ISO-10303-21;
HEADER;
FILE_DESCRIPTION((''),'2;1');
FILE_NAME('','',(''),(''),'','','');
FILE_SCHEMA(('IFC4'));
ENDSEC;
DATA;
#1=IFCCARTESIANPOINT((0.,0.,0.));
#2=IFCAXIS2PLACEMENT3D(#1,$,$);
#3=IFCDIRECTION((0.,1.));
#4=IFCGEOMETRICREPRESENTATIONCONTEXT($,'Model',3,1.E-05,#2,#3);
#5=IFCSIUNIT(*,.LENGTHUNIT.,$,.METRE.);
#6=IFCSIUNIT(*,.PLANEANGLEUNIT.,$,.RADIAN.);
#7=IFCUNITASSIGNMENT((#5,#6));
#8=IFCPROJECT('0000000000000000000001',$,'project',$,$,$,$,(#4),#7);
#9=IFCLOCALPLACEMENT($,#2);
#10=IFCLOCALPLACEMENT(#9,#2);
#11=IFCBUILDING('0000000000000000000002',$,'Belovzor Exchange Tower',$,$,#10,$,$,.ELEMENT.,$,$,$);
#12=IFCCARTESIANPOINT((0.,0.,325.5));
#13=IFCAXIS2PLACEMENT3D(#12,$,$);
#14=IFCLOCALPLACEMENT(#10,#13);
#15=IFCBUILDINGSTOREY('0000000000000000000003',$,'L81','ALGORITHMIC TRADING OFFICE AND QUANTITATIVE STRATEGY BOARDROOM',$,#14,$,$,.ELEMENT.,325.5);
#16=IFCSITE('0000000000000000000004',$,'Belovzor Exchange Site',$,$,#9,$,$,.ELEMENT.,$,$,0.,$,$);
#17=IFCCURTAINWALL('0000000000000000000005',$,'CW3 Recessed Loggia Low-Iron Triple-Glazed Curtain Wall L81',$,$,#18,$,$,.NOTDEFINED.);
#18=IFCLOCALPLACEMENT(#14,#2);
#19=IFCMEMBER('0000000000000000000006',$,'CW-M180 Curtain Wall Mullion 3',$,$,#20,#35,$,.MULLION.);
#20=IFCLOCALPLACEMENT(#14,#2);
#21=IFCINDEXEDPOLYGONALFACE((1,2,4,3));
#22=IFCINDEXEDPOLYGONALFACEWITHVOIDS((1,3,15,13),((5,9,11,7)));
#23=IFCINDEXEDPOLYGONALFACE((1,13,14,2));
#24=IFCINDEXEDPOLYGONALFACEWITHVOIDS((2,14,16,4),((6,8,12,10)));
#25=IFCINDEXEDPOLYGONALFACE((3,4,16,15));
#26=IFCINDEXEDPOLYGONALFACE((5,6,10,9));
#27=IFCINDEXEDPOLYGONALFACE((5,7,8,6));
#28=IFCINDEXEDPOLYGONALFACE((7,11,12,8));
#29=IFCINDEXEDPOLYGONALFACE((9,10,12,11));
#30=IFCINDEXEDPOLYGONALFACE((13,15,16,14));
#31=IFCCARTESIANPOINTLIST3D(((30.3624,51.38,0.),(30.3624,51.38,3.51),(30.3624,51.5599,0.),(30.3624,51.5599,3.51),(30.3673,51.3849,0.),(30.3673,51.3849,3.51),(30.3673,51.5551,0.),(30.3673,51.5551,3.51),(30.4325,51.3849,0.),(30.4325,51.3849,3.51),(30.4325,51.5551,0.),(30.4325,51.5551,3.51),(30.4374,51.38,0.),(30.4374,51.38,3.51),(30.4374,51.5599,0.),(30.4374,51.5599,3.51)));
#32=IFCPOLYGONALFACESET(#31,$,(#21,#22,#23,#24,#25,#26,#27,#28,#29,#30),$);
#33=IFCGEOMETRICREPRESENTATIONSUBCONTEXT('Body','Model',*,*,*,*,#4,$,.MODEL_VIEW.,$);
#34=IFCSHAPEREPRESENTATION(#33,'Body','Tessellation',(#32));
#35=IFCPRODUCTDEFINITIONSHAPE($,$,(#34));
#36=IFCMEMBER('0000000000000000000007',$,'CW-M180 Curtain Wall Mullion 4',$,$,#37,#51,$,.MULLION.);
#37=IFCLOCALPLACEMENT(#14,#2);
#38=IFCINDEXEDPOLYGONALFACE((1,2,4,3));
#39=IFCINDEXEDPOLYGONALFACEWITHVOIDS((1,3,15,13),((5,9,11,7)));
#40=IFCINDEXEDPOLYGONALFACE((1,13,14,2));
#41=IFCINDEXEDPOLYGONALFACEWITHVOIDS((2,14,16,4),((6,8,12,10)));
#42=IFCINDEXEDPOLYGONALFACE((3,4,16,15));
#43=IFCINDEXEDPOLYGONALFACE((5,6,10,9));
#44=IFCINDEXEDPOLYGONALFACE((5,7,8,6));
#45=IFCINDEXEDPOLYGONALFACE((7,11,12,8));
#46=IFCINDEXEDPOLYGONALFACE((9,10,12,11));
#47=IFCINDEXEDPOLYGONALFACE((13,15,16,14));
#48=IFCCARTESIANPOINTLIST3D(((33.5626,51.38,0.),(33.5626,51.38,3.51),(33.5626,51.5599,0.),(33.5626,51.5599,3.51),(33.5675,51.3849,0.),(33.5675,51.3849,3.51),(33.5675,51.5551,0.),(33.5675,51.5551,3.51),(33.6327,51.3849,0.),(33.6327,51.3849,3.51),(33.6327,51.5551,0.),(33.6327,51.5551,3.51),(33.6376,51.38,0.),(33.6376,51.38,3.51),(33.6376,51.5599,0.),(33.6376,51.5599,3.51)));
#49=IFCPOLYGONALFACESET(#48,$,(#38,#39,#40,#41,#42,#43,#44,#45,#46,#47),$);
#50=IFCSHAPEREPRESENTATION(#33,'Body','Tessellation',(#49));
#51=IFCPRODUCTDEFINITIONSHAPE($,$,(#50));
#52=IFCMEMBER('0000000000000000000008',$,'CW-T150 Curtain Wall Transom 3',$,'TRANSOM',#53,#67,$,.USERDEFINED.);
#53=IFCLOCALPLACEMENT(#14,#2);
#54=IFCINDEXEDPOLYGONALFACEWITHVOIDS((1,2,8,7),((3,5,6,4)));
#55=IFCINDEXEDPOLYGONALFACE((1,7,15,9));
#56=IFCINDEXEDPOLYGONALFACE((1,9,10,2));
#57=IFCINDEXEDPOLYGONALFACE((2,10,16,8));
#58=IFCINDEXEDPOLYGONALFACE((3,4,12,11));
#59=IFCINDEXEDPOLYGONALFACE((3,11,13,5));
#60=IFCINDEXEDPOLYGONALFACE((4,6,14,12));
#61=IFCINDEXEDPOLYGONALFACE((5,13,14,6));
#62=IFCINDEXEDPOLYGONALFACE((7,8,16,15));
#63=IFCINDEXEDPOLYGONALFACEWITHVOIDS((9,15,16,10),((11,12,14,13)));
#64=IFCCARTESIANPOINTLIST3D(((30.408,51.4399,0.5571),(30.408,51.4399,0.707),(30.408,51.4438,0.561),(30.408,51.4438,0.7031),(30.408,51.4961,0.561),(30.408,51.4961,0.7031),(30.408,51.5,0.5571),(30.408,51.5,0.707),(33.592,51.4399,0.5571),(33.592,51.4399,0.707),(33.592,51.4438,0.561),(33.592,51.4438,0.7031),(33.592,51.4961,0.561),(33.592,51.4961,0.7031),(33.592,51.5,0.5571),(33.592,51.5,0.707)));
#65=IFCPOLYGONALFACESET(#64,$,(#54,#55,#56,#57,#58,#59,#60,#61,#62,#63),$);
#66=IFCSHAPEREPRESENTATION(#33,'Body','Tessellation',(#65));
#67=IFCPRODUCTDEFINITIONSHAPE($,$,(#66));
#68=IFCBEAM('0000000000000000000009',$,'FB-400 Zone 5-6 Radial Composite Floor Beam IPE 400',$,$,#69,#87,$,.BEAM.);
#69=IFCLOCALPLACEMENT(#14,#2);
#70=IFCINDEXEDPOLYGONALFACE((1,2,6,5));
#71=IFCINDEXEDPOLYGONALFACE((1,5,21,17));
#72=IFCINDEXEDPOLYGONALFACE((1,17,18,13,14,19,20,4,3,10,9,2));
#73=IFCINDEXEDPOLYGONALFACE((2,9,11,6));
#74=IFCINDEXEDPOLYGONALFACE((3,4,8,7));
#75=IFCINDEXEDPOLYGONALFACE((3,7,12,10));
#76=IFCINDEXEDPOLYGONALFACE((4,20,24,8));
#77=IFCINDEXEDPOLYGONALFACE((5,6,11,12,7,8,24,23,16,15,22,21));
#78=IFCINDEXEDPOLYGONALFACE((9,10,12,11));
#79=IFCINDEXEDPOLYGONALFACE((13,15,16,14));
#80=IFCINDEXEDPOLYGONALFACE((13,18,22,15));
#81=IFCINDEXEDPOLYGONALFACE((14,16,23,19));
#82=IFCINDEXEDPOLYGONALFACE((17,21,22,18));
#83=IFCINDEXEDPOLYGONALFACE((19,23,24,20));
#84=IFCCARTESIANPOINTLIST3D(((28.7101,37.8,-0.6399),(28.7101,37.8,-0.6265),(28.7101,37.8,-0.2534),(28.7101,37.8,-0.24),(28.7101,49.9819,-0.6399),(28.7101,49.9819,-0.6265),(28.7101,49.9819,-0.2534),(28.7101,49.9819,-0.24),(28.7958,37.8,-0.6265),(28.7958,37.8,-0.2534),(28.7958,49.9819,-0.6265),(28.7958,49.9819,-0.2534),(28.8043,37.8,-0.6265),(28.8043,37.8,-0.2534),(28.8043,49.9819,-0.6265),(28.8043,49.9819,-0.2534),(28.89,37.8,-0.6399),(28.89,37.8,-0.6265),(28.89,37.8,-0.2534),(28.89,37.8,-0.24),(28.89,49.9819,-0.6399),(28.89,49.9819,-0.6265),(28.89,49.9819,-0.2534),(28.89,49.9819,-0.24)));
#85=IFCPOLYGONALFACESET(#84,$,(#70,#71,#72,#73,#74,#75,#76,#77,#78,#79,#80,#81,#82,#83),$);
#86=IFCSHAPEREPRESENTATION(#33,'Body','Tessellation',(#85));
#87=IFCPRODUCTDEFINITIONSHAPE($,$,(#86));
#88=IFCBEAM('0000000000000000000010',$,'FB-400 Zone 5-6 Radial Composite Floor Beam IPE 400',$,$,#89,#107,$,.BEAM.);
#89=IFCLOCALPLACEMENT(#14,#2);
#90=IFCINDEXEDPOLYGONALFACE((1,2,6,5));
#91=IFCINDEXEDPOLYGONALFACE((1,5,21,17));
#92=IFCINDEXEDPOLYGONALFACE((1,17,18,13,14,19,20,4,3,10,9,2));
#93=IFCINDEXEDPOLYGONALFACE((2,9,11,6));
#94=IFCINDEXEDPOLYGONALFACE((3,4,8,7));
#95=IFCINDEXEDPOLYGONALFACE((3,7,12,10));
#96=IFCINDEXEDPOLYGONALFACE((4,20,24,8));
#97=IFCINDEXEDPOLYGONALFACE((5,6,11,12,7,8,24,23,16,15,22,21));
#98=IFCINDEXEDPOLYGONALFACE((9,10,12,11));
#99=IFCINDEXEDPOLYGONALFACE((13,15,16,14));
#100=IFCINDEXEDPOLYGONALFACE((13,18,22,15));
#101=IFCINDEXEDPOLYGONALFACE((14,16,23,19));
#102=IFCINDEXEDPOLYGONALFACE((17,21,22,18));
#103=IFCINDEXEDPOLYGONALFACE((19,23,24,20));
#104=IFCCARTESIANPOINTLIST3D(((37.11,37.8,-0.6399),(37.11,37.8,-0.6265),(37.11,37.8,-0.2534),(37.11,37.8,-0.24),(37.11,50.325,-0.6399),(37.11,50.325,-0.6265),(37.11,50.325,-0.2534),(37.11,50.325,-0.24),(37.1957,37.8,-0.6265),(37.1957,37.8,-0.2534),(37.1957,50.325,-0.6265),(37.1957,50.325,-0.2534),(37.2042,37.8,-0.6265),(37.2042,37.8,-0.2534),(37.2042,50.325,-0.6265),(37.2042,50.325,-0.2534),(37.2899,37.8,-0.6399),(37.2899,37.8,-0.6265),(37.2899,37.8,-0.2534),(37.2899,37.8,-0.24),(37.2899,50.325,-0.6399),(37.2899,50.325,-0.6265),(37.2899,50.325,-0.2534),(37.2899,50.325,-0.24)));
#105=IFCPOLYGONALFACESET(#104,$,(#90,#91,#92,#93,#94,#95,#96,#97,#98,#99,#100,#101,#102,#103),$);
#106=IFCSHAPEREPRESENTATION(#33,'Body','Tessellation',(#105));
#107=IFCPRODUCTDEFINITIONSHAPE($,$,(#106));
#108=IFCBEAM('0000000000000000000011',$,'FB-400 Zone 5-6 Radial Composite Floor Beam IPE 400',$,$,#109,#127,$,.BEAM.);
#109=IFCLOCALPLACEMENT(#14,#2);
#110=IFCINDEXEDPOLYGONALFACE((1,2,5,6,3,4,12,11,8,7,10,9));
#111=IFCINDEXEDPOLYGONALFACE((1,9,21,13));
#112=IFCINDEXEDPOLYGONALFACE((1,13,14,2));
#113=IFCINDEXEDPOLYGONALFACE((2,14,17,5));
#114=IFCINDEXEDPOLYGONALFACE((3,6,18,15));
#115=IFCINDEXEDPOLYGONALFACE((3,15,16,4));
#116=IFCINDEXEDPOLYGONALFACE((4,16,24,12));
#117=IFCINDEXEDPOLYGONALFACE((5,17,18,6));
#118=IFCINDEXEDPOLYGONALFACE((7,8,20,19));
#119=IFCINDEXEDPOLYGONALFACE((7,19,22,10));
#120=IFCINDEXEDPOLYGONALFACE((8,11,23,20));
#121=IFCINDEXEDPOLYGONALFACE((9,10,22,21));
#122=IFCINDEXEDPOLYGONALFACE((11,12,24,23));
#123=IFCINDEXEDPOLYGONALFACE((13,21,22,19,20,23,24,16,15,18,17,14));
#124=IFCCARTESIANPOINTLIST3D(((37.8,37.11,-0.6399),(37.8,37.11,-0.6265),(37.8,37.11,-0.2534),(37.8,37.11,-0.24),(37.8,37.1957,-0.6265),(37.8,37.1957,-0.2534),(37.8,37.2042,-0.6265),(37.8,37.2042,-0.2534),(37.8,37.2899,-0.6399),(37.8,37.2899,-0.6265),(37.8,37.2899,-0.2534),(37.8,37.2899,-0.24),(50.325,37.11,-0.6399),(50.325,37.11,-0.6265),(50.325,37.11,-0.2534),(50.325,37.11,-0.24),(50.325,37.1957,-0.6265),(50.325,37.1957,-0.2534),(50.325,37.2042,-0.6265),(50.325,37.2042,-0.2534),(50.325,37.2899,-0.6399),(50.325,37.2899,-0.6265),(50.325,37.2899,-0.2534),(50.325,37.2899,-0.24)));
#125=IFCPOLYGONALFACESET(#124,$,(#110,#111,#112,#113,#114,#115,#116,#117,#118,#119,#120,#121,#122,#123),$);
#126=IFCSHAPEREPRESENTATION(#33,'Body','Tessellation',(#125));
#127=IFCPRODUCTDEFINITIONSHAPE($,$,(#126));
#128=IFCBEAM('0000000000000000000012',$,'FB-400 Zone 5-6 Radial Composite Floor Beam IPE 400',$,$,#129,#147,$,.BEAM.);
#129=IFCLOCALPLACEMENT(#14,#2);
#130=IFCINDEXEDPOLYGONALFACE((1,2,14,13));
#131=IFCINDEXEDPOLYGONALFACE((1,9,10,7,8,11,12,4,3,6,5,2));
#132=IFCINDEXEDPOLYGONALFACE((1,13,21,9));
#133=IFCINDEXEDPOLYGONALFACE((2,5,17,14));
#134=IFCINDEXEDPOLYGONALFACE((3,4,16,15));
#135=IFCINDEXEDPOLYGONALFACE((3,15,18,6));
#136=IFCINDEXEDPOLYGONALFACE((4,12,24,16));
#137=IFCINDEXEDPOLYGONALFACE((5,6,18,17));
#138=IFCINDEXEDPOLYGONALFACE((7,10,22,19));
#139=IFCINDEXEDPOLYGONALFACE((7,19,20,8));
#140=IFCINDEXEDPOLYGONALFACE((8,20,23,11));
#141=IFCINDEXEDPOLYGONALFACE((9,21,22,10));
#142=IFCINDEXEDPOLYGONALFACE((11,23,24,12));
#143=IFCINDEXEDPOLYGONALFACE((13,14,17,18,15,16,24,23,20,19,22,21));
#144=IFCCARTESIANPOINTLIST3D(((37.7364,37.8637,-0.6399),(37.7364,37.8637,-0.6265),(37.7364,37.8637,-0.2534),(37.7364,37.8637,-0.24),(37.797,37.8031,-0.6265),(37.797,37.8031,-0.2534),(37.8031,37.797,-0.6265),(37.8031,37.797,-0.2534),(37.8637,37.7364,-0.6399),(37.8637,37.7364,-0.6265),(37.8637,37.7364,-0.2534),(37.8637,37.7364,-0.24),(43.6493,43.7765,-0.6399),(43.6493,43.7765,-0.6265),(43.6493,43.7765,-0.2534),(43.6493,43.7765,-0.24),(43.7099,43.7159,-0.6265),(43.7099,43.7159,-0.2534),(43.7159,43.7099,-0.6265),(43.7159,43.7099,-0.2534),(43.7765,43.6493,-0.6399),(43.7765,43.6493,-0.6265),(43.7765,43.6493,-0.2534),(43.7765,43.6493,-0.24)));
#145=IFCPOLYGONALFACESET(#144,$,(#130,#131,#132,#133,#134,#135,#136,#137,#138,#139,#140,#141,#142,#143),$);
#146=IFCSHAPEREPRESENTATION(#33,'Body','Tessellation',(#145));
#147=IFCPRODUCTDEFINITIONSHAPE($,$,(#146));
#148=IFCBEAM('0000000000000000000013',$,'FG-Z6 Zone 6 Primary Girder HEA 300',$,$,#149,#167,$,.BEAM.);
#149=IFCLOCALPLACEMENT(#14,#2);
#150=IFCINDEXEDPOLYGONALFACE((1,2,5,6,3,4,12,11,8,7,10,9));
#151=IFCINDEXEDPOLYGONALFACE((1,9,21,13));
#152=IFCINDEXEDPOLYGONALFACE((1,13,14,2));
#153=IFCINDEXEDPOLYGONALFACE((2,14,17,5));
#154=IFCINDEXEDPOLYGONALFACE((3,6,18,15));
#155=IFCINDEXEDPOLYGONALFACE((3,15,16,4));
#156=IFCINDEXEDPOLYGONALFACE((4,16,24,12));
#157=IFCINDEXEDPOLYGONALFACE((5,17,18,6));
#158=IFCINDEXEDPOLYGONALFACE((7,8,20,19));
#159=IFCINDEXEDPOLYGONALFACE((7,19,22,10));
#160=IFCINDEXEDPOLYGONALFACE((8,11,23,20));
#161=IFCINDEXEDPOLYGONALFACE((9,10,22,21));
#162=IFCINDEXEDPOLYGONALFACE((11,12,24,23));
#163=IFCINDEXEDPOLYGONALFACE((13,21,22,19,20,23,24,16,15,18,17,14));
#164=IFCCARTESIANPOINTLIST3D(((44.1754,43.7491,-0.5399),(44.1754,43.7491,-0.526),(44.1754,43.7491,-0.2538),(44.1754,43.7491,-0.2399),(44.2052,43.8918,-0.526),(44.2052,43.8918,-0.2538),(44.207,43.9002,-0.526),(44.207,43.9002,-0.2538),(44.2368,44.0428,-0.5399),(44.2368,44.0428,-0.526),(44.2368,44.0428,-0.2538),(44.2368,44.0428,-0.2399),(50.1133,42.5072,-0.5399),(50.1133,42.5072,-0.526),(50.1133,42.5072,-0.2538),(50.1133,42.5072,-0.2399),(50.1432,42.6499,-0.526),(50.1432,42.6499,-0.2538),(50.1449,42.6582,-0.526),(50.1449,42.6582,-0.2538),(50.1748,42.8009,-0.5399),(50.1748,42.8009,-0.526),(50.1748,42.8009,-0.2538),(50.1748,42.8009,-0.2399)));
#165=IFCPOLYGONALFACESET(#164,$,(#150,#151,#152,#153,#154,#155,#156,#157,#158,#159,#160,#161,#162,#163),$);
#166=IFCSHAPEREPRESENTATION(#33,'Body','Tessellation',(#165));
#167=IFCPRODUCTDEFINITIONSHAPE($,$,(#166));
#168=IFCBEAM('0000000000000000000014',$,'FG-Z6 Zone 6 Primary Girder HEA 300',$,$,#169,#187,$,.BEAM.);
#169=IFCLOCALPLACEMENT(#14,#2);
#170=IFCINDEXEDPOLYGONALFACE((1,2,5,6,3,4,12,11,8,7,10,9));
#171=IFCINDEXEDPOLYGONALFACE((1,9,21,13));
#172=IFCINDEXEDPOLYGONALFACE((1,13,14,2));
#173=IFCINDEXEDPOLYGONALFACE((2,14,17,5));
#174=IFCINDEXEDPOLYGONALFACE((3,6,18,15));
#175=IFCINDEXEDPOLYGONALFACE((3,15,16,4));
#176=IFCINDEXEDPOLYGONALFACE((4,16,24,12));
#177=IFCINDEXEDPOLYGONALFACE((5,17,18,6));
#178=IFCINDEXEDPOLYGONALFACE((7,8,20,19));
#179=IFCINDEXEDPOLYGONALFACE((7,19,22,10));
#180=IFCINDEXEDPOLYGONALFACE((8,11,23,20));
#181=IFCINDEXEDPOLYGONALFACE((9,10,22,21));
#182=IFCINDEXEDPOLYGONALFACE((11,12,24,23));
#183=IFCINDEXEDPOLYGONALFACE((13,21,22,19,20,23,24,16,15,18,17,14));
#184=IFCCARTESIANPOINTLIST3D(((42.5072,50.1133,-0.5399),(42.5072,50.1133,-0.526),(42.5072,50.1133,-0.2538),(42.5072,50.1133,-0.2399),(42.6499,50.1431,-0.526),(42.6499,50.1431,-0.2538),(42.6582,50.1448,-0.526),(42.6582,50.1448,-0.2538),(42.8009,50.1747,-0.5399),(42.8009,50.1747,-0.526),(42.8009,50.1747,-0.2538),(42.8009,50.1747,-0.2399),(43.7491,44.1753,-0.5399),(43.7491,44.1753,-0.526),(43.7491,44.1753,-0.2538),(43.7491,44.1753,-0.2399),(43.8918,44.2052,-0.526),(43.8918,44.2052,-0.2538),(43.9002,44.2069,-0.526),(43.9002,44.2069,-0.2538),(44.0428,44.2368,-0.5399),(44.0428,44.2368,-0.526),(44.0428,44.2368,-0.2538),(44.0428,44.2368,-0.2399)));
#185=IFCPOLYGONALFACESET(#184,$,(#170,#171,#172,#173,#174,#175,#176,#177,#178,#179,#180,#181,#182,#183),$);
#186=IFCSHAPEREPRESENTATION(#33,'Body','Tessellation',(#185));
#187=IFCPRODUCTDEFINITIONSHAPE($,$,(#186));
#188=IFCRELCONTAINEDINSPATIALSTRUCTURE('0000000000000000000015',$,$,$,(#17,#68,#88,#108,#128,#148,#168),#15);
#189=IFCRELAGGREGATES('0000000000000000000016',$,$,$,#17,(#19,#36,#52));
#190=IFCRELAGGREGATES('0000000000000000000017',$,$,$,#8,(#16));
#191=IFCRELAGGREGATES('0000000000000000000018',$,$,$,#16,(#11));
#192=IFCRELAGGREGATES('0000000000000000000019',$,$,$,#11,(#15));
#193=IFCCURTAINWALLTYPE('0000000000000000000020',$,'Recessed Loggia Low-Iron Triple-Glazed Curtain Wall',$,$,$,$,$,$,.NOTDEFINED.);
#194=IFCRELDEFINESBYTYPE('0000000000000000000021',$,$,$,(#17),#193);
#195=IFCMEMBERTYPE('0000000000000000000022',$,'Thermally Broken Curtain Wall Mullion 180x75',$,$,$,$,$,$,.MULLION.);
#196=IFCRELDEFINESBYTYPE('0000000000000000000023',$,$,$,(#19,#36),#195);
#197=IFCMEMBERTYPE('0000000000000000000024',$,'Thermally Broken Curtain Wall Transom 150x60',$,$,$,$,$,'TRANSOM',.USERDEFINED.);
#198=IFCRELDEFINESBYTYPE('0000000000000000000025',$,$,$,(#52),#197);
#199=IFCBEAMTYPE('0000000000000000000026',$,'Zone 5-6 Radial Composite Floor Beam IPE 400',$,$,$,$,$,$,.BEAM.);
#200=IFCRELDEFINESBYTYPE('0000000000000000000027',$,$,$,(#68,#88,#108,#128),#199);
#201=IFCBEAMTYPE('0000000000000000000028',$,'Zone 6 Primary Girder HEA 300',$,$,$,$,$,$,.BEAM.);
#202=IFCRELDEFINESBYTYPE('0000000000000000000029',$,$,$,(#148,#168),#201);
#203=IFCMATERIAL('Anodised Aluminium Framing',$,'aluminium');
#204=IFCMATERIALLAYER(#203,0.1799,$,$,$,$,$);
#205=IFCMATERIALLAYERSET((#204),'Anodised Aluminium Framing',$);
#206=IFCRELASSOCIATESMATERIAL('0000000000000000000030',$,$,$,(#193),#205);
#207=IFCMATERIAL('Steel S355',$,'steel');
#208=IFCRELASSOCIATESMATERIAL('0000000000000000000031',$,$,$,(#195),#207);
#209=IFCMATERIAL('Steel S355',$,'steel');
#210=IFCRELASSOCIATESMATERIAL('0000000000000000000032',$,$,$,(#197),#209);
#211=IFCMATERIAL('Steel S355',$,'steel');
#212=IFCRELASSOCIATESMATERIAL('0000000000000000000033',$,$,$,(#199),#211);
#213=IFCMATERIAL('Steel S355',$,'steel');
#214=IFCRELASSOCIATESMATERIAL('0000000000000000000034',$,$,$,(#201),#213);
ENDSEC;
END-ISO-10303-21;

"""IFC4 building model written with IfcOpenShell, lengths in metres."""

from ifc_helpers import new_model, si_unit, direction, frame, origin, origin_2d, place, context, subcontext, project, spatial, hollow_rectangle, i_section, extrude, material, layer, layer_set, material_profile, profile_set, type_object, element, aggregate, save


model = new_model("IFC4")

# Units and contexts
model_context = context("Model", 3, precision=1e-05, world=origin(), true_north=direction((0.0, 1.0)))
body_context = subcontext(model_context, "Body", "Model", "MODEL_VIEW")
ifc_project = project(units=[si_unit("LENGTHUNIT", "METRE"), si_unit("PLANEANGLEUNIT", "RADIAN")], contexts=[model_context])

# Site, building, storey
site_placement = place(None, origin())
site = spatial("IfcSite", under=ifc_project, at=site_placement, Name="Belovzor Exchange Site", CompositionType="ELEMENT", RefElevation=0.0)
building_placement = place(site_placement, origin())
building = spatial("IfcBuilding", under=site, at=building_placement, Name="Belovzor Exchange Tower", CompositionType="ELEMENT")
storey_placement = place(building_placement, frame((0.0, 0.0, 325.5)))
storey = spatial("IfcBuildingStorey", under=building, at=storey_placement, Name="L81", Description="ALGORITHMIC TRADING OFFICE AND QUANTITATIVE STRATEGY BOARDROOM", CompositionType="ELEMENT", Elevation=325.5)

# Curtain wall, members
ifc_material_1 = material(Name="Anodised Aluminium Framing", Category="aluminium")
ifc_layer_1 = layer(ifc_material_1, 0.1799)
ifc_layer_set_1 = layer_set([ifc_layer_1], Name="Anodised Aluminium Framing")
curtain_wall_type = type_object("IfcCurtainWallType", Name="Recessed Loggia Low-Iron Triple-Glazed Curtain Wall", PredefinedType="NOTDEFINED", material=ifc_layer_set_1)
curtain_wall_placement = place(storey_placement, origin())
curtain_wall = element("IfcCurtainWall", 1, at=curtain_wall_placement, inside=storey, type_object=curtain_wall_type, Name="CW3 Recessed Loggia Low-Iron Triple-Glazed Curtain Wall L81", PredefinedType="NOTDEFINED")
ifc_material_2 = material(Name="Steel S355", Category="steel")
ifc_material_profile_1 = material_profile(ifc_material_2, hollow_rectangle(XDim=0.075, YDim=0.1799, WallThickness=0.0049, at=origin_2d()))
ifc_profile_set_1 = profile_set([ifc_material_profile_1], Name="Steel S355")
member_type_1 = type_object("IfcMemberType", Name="Thermally Broken Curtain Wall Mullion 180x75", PredefinedType="MULLION", material=ifc_profile_set_1)
member_1_placement = place(storey_placement, frame((30.3999, 51.47, 0.0), z_axis=(0.0, 0.0, 1.0), x_axis=(1.0, 0.0, 0.0)))
member_1 = element("IfcMember", 2, at=member_1_placement, type_object=member_type_1, Name="CW-M180 Curtain Wall Mullion 3", PredefinedType="MULLION", context=body_context, shape_type="SweptSolid", body=[
    extrude(hollow_rectangle(XDim=0.075, YDim=0.1799, WallThickness=0.0049, at=origin_2d()), origin(), (0.0, 0.0, 1.0), 3.51),
])
member_2_placement = place(storey_placement, frame((33.6001, 51.47, 0.0), z_axis=(0.0, 0.0, 1.0), x_axis=(1.0, 0.0, 0.0)))
member_2 = element("IfcMember", 3, at=member_2_placement, type_object=member_type_1, Name="CW-M180 Curtain Wall Mullion 4", PredefinedType="MULLION", context=body_context, shape_type="SweptSolid", body=[
    extrude(hollow_rectangle(XDim=0.075, YDim=0.1799, WallThickness=0.0049, at=origin_2d()), origin(), (0.0, 0.0, 1.0), 3.51),
])
ifc_material_3 = material(Name="Steel S355", Category="steel")
ifc_material_profile_2 = material_profile(ifc_material_3, hollow_rectangle(XDim=0.0601, YDim=0.1499, WallThickness=0.0039, at=origin_2d()))
ifc_profile_set_2 = profile_set([ifc_material_profile_2], Name="Steel S355")
member_type_2 = type_object("IfcMemberType", Name="Thermally Broken Curtain Wall Transom 150x60", ElementType="TRANSOM", PredefinedType="USERDEFINED", material=ifc_profile_set_2)
member_3_placement = place(storey_placement, frame((30.408, 51.47, 0.6321), z_axis=(1.0, 0.0, 0.0), x_axis=(0.0, 1.0, 0.0)))
member_3 = element("IfcMember", 4, at=member_3_placement, type_object=member_type_2, Name="CW-T150 Curtain Wall Transom 3", ObjectType="TRANSOM", PredefinedType="USERDEFINED", context=body_context, shape_type="SweptSolid", body=[
    extrude(hollow_rectangle(XDim=0.0601, YDim=0.1499, WallThickness=0.0039, at=origin_2d()), origin(), (0.0, 0.0, 1.0), 3.1841),
])

# Beams
ifc_material_4 = material(Name="Steel S355", Category="steel")
ifc_material_profile_3 = material_profile(ifc_material_4, i_section(OverallWidth=0.1799, OverallDepth=0.3999, WebThickness=0.0085, FlangeThickness=0.0134, at=origin_2d()))
ifc_profile_set_3 = profile_set([ifc_material_profile_3], Name="Steel S355")
beam_type_1 = type_object("IfcBeamType", Name="Zone 5-6 Radial Composite Floor Beam IPE 400", PredefinedType="BEAM", material=ifc_profile_set_3)
beam_1_placement = place(storey_placement, frame((28.8, 37.8, -0.4399), z_axis=(0.0, 1.0, 0.0), x_axis=(-1.0, 0.0, 0.0)))
element("IfcBeam", 5, at=beam_1_placement, inside=storey, type_object=beam_type_1, Name="FB-400 Zone 5-6 Radial Composite Floor Beam IPE 400", PredefinedType="BEAM", context=body_context, shape_type="SweptSolid", body=[
    extrude(i_section(OverallWidth=0.1799, OverallDepth=0.3999, WebThickness=0.0085, FlangeThickness=0.0134, at=origin_2d()), origin(), (0.0, 0.0, 1.0), 12.1819),
])
for number, where, z_axis, x_axis, name in (
    (6, (37.2, 37.8, -0.4399), (0.0, 1.0, 0.0), (-1.0, 0.0, 0.0), "FB-400 Zone 5-6 Radial Composite Floor Beam IPE 400"),
    (7, (37.8, 37.2, -0.4399), (1.0, 0.0, 0.0), (0.0, 1.0, 0.0), "FB-400 Zone 5-6 Radial Composite Floor Beam IPE 400"),
):
    element("IfcBeam", number, at=place(storey_placement, frame(where, z_axis=z_axis, x_axis=x_axis)), inside=storey, type_object=beam_type_1, Name=name, PredefinedType="BEAM", context=body_context, shape_type="SweptSolid", body=[
        extrude(i_section(OverallWidth=0.1799, OverallDepth=0.3999, WebThickness=0.0085, FlangeThickness=0.0134, at=origin_2d()), origin(), (0.0, 0.0, 1.0), 12.5249),
    ])
beam_2_placement = place(storey_placement, frame((37.8, 37.8, -0.4399), z_axis=(0.707107, 0.707107, 0.0), x_axis=(-0.707107, 0.707107, 0.0)))
element("IfcBeam", 8, at=beam_2_placement, inside=storey, type_object=beam_type_1, Name="FB-400 Zone 5-6 Radial Composite Floor Beam IPE 400", PredefinedType="BEAM", context=body_context, shape_type="SweptSolid", body=[
    extrude(i_section(OverallWidth=0.1799, OverallDepth=0.3999, WebThickness=0.0085, FlangeThickness=0.0134, at=origin_2d()), origin(), (0.0, 0.0, 1.0), 8.3621),
])
ifc_material_5 = material(Name="Steel S355", Category="steel")
ifc_material_profile_4 = material_profile(ifc_material_5, i_section(OverallWidth=0.3, OverallDepth=0.3, WebThickness=0.0085, FlangeThickness=0.0139, at=origin_2d()))
ifc_profile_set_4 = profile_set([ifc_material_profile_4], Name="Steel S355")
beam_type_2 = type_object("IfcBeamType", Name="Zone 6 Primary Girder HEA 300", PredefinedType="BEAM", material=ifc_profile_set_4)
for number, where, z_axis, x_axis, name in (
    (9, (50.144, 42.6541, -0.3899), (-0.97882, 0.204722, 0.0), (-0.204722, -0.97882, 0.0), "FG-Z6 Zone 6 Primary Girder HEA 300"),
    (10, (43.896, 44.2061, -0.3899), (-0.204722, 0.97882, 0.0), (-0.97882, -0.204722, 0.0), "FG-Z6 Zone 6 Primary Girder HEA 300"),
):
    element("IfcBeam", number, at=place(storey_placement, frame(where, z_axis=z_axis, x_axis=x_axis)), inside=storey, type_object=beam_type_2, Name=name, PredefinedType="BEAM", context=body_context, shape_type="SweptSolid", body=[
        extrude(i_section(OverallWidth=0.3, OverallDepth=0.3, WebThickness=0.0085, FlangeThickness=0.0139, at=origin_2d()), origin(), (0.0, 0.0, 1.0), 6.0664),
    ])

aggregate(curtain_wall, [member_1, member_2, member_3])

save(model, "model.ifc")
